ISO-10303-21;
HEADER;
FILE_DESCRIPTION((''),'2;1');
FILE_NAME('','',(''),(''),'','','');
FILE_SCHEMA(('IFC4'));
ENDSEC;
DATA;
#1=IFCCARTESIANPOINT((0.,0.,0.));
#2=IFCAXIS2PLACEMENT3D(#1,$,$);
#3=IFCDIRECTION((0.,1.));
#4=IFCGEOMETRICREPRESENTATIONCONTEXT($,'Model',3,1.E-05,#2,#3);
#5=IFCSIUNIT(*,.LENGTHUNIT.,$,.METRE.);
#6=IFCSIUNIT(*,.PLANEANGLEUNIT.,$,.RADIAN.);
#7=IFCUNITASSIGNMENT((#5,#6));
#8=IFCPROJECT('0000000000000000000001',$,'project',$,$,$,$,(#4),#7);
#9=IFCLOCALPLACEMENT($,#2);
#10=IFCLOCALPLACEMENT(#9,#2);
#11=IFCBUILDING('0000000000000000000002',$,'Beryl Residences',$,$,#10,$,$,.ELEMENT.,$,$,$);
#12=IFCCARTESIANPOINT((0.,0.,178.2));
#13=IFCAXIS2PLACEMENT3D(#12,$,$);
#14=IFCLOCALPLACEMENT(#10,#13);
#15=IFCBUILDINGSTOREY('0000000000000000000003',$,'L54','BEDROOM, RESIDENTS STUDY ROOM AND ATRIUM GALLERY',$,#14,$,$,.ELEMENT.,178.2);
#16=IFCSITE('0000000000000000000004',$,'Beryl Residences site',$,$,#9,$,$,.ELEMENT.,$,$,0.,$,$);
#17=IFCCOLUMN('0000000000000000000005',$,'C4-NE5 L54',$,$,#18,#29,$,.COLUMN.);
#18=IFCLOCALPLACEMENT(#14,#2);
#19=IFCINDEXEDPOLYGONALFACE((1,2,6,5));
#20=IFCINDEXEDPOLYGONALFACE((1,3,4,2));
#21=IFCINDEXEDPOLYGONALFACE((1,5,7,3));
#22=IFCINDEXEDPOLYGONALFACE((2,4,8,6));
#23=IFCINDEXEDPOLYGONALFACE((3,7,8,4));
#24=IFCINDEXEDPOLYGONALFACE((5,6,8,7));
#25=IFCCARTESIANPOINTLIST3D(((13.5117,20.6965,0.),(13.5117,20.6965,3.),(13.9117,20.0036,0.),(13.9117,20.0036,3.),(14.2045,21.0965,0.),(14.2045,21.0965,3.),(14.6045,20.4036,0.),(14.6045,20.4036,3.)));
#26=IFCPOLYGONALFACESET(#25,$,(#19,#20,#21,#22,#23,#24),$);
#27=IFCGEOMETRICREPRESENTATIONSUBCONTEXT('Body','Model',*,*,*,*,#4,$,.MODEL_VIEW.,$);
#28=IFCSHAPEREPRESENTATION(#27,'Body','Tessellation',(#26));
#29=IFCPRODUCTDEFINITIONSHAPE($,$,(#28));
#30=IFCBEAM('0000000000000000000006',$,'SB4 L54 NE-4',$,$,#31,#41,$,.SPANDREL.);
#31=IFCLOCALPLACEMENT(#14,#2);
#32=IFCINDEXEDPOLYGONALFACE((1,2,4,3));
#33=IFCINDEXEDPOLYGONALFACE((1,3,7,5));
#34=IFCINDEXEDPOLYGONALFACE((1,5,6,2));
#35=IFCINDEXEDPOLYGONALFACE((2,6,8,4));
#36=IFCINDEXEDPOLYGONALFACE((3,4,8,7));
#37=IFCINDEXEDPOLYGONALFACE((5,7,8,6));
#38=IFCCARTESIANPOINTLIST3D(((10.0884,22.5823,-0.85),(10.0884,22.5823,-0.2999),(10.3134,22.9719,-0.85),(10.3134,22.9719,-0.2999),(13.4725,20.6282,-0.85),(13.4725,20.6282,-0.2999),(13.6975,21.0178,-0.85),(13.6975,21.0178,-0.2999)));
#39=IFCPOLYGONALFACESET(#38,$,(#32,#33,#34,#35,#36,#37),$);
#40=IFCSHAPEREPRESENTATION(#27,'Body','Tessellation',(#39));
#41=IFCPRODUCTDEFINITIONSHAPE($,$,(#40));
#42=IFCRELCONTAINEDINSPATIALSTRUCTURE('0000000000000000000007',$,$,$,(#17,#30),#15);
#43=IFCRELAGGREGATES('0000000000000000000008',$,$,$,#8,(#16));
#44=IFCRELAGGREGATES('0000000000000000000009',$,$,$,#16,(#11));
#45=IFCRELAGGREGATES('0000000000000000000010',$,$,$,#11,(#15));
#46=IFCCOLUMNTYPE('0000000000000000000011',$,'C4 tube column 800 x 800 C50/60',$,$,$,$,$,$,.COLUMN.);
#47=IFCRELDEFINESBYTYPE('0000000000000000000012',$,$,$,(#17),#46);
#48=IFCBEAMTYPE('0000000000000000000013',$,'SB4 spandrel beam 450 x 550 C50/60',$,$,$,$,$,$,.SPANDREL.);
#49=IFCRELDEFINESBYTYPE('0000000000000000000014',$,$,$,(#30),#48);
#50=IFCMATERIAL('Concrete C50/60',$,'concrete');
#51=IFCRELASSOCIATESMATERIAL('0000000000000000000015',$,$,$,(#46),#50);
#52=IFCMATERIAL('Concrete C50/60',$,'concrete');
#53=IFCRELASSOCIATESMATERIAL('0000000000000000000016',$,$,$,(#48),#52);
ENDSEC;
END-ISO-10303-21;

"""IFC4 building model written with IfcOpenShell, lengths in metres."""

from ifc_helpers import new_model, si_unit, direction, frame, origin, origin_2d, place, context, subcontext, project, spatial, rectangle, extrude, material, material_profile, profile_set, type_object, element, save


model = new_model("IFC4")

# Units and contexts
model_context = context("Model", 3, precision=1e-05, world=origin(), true_north=direction((0.0, 1.0)))
body_context = subcontext(model_context, "Body", "Model", "MODEL_VIEW")
ifc_project = project(units=[si_unit("LENGTHUNIT", "METRE"), si_unit("PLANEANGLEUNIT", "RADIAN")], contexts=[model_context])

# Site, building, storey
site_placement = place(None, origin())
site = spatial("IfcSite", under=ifc_project, at=site_placement, Name="Beryl Residences site", CompositionType="ELEMENT", RefElevation=0.0)
building_placement = place(site_placement, origin())
building = spatial("IfcBuilding", under=site, at=building_placement, Name="Beryl Residences", CompositionType="ELEMENT")
storey_placement = place(building_placement, frame((0.0, 0.0, 178.2)))
storey = spatial("IfcBuildingStorey", under=building, at=storey_placement, Name="L54", Description="BEDROOM, RESIDENTS STUDY ROOM AND ATRIUM GALLERY", CompositionType="ELEMENT", Elevation=178.2)

# Column
ifc_material_1 = material(Name="Concrete C50/60", Category="concrete")
ifc_material_profile_1 = material_profile(ifc_material_1, rectangle(XDim=0.8, YDim=0.8, at=origin_2d()))
ifc_profile_set_1 = profile_set([ifc_material_profile_1], Name="Concrete C50/60")
column_type = type_object("IfcColumnType", Name="C4 tube column 800 x 800 C50/60", PredefinedType="COLUMN", material=ifc_profile_set_1)
column_placement = place(storey_placement, frame((14.0581, 20.55, 0.0), z_axis=(0.0, 0.0, 1.0), x_axis=(-0.5, 0.866025, 0.0)))
element("IfcColumn", 1, at=column_placement, inside=storey, type_object=column_type, Name="C4-NE5 L54", PredefinedType="COLUMN", context=body_context, shape_type="SweptSolid", body=[
    extrude(rectangle(XDim=0.8, YDim=0.8, at=origin_2d()), origin(), (0.0, 0.0, 1.0), 3.0),
])

# Beam
ifc_material_2 = material(Name="Concrete C50/60", Category="concrete")
ifc_material_profile_2 = material_profile(ifc_material_2, rectangle(XDim=0.45, YDim=0.55, at=origin_2d()))
ifc_profile_set_2 = profile_set([ifc_material_profile_2], Name="Concrete C50/60")
beam_type = type_object("IfcBeamType", Name="SB4 spandrel beam 450 x 550 C50/60", PredefinedType="SPANDREL", material=ifc_profile_set_2)
beam_placement = place(storey_placement, frame((13.585, 20.823, -0.575), z_axis=(-0.865989, 0.500063, 0.0), x_axis=(-0.500063, -0.865989, 0.0)))
element("IfcBeam", 2, at=beam_placement, inside=storey, type_object=beam_type, Name="SB4 L54 NE-4", PredefinedType="SPANDREL", context=body_context, shape_type="SweptSolid", body=[
    extrude(rectangle(XDim=0.45, YDim=0.55, at=origin_2d()), origin(), (0.0, 0.0, 1.0), 3.9077),
])

save(model, "model.ifc")
